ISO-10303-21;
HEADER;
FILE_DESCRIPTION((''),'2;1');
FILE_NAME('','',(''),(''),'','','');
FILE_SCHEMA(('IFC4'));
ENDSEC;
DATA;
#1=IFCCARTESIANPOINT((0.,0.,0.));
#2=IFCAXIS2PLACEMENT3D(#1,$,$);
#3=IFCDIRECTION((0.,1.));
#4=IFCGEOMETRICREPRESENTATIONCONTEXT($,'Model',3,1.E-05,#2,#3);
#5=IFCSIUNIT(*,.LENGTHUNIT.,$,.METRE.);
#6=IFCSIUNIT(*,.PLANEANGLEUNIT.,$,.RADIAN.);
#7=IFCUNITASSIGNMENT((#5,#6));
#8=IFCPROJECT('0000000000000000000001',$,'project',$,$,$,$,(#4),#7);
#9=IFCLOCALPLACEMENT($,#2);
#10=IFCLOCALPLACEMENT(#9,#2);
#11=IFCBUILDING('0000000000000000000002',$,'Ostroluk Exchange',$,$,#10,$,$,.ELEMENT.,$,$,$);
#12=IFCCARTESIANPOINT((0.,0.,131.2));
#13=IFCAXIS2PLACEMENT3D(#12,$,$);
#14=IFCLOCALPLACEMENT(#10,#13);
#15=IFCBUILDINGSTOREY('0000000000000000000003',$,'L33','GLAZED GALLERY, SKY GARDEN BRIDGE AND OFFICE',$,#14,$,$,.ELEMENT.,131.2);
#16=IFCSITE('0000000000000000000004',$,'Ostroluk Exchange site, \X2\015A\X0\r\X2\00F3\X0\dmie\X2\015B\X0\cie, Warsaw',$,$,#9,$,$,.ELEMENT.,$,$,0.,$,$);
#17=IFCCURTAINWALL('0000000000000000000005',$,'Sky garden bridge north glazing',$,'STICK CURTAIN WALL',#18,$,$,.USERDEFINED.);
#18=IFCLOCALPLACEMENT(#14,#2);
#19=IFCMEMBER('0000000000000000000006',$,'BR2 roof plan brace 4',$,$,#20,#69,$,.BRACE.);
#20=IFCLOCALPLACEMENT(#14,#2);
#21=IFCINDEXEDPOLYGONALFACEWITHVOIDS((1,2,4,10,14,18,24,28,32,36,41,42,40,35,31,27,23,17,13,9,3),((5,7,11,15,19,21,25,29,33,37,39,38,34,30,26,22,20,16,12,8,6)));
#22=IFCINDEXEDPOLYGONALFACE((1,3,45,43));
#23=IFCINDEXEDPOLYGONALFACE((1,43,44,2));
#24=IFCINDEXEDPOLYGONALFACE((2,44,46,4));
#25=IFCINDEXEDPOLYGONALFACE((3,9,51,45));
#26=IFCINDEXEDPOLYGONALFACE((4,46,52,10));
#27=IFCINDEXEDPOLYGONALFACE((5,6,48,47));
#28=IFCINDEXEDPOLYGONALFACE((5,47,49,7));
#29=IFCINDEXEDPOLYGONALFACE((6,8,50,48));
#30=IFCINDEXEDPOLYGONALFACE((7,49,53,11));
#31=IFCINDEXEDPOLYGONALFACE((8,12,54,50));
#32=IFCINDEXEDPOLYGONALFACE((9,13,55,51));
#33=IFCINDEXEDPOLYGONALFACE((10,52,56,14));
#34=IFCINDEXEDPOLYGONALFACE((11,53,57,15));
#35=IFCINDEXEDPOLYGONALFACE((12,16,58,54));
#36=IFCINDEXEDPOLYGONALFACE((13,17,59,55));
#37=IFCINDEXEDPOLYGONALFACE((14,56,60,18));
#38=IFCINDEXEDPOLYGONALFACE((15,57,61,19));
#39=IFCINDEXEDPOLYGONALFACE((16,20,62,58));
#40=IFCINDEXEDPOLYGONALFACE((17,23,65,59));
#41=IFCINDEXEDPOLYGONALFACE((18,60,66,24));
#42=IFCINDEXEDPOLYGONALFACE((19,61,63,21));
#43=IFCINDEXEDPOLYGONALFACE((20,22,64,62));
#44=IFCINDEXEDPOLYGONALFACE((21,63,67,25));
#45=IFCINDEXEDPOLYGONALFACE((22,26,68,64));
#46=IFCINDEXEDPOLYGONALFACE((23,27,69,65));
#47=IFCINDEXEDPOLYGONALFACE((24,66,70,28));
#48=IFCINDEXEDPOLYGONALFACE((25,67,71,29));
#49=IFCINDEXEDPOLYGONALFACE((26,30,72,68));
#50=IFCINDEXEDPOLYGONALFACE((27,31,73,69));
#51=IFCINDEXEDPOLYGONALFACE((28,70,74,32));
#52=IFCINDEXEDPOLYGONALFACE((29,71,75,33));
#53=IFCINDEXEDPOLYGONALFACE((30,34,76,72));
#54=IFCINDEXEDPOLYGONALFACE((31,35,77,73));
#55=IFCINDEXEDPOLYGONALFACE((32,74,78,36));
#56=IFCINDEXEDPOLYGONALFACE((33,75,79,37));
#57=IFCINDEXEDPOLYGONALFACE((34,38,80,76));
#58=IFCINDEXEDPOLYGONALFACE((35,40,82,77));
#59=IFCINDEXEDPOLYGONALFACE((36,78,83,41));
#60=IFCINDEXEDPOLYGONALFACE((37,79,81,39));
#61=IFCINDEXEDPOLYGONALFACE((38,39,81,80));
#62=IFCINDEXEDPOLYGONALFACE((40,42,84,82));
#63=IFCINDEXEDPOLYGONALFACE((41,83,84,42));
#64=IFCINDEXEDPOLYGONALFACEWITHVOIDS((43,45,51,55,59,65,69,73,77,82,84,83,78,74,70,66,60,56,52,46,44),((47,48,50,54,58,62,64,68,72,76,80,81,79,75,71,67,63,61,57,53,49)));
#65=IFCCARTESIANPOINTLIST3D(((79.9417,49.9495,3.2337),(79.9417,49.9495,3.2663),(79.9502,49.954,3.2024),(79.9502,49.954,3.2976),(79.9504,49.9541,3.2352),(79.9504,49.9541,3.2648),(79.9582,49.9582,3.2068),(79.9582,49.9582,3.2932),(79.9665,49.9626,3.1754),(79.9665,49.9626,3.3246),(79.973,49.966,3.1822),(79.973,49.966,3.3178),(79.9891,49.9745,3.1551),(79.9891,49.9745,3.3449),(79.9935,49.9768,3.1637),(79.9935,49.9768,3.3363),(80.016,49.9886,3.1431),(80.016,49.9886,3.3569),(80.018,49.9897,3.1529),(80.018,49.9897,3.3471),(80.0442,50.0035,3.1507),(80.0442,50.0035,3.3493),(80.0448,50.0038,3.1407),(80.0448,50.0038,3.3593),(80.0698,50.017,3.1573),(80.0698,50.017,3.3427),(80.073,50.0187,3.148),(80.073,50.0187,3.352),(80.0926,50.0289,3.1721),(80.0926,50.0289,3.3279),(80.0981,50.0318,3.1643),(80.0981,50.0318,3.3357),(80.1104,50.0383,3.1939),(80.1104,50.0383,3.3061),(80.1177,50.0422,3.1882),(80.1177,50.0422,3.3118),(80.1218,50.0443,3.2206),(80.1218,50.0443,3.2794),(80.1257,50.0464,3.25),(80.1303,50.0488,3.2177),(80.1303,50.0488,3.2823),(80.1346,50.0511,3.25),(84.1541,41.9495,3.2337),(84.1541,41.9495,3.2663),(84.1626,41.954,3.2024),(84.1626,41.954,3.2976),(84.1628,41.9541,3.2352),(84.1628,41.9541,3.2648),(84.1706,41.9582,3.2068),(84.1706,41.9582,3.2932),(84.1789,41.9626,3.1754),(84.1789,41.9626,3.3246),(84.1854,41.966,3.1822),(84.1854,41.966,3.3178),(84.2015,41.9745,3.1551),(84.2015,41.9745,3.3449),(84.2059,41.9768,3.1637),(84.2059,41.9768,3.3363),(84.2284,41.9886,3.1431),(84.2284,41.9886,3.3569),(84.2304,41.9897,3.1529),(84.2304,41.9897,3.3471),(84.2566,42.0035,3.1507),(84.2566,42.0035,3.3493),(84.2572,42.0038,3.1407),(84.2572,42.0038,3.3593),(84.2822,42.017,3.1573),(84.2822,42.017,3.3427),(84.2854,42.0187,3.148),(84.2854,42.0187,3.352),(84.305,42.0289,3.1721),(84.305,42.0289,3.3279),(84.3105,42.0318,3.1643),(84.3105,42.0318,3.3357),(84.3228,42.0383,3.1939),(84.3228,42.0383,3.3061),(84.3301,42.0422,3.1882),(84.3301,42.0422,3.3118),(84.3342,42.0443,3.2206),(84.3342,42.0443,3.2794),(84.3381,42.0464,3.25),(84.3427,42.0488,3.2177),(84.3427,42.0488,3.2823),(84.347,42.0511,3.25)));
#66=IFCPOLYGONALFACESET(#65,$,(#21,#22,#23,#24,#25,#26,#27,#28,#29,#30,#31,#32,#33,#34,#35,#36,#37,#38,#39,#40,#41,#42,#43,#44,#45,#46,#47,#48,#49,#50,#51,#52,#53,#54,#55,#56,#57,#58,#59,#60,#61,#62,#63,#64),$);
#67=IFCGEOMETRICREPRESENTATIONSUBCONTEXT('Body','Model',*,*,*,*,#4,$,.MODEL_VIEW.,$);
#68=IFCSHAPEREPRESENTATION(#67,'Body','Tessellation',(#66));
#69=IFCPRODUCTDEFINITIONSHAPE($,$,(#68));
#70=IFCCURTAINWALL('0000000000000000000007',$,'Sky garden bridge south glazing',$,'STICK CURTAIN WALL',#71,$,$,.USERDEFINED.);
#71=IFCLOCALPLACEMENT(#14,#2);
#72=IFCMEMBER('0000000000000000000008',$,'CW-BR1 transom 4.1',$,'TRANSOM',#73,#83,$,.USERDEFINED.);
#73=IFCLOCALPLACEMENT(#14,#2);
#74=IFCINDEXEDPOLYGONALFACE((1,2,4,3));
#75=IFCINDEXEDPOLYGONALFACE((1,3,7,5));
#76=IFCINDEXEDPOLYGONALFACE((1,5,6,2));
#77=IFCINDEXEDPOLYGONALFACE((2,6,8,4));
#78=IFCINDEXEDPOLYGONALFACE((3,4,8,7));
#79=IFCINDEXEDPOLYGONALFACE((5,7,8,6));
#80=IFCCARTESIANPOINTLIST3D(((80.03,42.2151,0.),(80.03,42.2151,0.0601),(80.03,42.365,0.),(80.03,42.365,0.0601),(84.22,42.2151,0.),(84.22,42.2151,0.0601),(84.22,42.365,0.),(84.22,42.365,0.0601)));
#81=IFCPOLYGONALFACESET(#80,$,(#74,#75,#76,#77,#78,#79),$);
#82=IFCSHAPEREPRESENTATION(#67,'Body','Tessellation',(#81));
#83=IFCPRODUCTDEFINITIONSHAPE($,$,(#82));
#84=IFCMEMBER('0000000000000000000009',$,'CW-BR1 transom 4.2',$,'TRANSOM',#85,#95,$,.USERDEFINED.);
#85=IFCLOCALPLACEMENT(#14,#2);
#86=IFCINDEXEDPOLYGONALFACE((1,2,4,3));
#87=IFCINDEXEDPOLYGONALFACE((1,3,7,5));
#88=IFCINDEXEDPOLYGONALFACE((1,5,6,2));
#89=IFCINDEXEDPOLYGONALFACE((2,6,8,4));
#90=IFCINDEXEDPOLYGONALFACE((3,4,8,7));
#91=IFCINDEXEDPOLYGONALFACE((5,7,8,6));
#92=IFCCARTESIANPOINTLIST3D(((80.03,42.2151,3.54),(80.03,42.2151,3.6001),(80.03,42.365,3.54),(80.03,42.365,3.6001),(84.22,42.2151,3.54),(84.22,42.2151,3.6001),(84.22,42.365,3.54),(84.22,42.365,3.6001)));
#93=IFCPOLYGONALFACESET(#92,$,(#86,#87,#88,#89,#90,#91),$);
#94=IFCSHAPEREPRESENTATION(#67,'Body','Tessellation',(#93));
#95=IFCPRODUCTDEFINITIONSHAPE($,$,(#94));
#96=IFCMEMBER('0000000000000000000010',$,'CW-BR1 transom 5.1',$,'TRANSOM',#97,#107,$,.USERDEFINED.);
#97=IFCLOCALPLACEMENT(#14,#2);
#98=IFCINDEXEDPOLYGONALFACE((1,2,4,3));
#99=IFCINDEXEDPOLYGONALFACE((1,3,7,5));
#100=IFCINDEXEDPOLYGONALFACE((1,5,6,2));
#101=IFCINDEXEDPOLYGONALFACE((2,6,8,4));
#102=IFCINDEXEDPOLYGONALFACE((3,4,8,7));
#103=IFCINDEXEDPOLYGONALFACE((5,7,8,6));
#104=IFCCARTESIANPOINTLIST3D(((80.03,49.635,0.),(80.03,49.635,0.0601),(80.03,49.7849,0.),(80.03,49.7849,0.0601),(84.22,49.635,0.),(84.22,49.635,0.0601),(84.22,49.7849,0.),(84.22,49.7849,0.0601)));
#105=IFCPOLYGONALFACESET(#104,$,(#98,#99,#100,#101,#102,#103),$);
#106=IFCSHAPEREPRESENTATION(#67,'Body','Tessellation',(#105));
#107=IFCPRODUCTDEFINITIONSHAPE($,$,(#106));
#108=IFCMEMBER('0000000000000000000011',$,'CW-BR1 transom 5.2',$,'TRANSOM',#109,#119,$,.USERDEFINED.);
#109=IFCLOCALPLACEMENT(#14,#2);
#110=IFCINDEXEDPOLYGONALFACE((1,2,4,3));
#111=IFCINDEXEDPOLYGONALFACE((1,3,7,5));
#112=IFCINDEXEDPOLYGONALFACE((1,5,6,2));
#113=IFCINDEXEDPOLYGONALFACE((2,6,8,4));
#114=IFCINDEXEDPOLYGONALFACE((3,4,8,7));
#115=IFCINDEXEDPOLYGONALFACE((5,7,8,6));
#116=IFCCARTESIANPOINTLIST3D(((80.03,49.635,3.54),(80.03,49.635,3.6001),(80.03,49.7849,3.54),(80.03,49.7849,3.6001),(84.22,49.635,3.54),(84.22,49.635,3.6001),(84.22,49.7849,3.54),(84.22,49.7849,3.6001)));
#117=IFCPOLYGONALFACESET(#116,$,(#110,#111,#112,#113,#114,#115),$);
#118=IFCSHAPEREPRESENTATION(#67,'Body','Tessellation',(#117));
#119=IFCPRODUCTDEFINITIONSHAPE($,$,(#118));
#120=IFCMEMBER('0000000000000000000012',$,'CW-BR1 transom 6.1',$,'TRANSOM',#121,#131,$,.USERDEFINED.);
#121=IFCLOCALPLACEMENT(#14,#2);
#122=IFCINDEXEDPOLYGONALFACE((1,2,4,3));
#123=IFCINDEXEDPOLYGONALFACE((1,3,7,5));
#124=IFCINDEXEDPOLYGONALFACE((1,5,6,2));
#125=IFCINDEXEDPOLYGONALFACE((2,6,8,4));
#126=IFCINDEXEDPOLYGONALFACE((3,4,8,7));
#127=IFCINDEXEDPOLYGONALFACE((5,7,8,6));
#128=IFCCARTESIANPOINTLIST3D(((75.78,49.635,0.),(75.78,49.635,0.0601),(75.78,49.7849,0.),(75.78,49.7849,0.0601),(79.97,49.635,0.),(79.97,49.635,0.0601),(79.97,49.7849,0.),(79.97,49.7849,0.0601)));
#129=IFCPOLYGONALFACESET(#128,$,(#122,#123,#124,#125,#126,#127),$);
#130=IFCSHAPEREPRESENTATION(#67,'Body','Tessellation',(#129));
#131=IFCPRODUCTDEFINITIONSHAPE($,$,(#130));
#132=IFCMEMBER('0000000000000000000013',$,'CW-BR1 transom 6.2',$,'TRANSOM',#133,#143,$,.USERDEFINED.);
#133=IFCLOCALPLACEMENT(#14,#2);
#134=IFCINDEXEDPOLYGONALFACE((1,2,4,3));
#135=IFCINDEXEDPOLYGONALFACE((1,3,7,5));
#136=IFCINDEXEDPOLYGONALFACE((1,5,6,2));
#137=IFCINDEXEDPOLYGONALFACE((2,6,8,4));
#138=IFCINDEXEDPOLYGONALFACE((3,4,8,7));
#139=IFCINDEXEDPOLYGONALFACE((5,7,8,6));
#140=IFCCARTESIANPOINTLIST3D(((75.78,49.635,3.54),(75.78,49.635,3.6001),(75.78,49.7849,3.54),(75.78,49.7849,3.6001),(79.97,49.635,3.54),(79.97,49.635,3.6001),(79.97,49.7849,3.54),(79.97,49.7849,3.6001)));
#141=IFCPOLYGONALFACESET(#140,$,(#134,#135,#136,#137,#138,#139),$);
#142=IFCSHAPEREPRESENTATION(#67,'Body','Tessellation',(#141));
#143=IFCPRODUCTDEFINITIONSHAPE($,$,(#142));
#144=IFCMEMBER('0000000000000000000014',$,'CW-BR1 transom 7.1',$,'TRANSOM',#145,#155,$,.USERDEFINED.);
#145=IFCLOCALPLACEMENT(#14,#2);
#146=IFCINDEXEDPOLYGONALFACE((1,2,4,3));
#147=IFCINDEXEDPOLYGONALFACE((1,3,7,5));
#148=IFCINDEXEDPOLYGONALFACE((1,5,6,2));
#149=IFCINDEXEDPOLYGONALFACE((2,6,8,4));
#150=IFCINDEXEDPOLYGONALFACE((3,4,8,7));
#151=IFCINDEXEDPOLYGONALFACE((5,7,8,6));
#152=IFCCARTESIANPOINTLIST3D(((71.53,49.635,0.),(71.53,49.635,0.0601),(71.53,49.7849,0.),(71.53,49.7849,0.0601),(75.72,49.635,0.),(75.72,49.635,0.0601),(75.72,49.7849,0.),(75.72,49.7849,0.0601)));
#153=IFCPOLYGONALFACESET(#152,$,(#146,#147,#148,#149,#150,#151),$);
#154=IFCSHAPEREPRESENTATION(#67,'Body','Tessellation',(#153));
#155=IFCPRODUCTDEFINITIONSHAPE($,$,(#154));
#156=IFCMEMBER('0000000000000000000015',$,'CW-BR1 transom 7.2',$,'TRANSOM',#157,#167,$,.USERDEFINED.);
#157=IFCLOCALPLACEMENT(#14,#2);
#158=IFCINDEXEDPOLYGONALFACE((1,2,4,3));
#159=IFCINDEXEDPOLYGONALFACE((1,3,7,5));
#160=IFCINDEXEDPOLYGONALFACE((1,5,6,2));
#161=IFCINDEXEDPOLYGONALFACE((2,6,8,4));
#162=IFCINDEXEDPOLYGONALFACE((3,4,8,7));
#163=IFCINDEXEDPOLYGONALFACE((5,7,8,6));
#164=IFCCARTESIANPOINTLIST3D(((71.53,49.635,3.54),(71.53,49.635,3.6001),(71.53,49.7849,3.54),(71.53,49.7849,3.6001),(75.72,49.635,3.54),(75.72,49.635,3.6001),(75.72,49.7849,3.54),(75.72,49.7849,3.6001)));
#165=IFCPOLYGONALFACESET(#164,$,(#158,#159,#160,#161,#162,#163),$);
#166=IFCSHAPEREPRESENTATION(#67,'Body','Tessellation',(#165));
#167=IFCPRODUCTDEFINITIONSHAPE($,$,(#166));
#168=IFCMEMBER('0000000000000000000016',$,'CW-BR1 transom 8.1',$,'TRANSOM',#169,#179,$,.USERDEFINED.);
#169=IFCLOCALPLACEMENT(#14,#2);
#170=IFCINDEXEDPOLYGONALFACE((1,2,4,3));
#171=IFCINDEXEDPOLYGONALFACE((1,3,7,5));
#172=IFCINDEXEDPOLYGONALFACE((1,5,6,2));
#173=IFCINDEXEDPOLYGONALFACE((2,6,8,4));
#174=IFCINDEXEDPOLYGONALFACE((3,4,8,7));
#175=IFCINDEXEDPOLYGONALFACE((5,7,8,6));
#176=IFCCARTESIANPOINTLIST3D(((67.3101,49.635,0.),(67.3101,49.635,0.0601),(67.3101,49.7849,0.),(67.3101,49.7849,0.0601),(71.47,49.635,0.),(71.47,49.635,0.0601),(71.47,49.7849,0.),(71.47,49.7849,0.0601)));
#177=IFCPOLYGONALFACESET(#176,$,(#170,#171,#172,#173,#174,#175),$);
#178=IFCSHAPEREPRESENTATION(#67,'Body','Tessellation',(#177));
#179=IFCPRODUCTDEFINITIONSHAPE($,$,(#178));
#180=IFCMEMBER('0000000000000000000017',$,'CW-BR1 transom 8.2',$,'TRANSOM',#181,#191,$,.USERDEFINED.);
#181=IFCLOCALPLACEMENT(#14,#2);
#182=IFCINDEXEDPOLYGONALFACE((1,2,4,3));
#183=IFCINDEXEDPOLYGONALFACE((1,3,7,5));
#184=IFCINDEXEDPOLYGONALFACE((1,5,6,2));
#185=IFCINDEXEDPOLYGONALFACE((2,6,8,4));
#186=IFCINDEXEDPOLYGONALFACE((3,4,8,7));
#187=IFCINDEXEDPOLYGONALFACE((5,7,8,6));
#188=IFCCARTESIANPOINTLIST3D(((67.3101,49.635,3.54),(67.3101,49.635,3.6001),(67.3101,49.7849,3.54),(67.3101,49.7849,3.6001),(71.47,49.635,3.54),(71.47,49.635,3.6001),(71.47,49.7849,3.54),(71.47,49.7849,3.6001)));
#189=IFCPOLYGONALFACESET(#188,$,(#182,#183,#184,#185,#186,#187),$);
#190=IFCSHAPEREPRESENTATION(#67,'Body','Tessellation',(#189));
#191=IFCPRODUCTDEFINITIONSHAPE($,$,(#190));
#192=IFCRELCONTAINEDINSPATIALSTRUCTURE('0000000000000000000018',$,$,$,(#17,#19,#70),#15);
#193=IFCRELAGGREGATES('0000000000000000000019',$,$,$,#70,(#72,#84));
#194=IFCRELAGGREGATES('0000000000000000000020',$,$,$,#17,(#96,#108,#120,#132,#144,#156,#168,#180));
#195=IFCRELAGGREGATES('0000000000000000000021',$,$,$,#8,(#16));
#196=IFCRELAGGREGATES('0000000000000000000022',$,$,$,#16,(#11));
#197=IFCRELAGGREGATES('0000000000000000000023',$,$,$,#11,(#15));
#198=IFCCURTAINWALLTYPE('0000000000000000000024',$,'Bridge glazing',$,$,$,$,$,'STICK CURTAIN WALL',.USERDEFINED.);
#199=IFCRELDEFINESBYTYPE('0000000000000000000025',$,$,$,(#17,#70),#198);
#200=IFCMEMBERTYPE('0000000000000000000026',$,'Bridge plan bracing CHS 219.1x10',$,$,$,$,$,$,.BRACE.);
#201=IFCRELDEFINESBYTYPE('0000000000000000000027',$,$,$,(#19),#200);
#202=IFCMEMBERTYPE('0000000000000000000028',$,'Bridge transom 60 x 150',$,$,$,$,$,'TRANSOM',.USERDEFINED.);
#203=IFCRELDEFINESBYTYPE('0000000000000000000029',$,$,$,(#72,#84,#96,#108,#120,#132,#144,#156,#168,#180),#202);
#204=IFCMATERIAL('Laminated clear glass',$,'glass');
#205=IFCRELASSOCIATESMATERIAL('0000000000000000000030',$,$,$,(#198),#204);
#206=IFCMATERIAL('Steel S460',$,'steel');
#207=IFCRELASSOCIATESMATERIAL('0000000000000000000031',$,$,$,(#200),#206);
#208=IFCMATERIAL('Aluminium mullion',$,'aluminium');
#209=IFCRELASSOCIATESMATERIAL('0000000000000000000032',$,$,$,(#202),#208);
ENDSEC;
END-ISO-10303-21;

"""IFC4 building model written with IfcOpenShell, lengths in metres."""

from ifc_helpers import new_model, si_unit, direction, frame, origin, origin_2d, place, context, subcontext, project, spatial, rectangle, hollow_circle, extrude, material, material_profile, profile_set, type_object, element, aggregate, save


model = new_model("IFC4")

# Units and contexts
model_context = context("Model", 3, precision=1e-05, world=origin(), true_north=direction((0.0, 1.0)))
body_context = subcontext(model_context, "Body", "Model", "MODEL_VIEW")
ifc_project = project(units=[si_unit("LENGTHUNIT", "METRE"), si_unit("PLANEANGLEUNIT", "RADIAN")], contexts=[model_context])

# Site, building, storey
site_placement = place(None, origin())
site = spatial("IfcSite", under=ifc_project, at=site_placement, Name="Ostroluk Exchange site, Śródmieście, Warsaw", CompositionType="ELEMENT", RefElevation=0.0)
building_placement = place(site_placement, origin())
building = spatial("IfcBuilding", under=site, at=building_placement, Name="Ostroluk Exchange", CompositionType="ELEMENT")
storey_placement = place(building_placement, frame((0.0, 0.0, 131.2)))
storey = spatial("IfcBuildingStorey", under=building, at=storey_placement, Name="L33", Description="GLAZED GALLERY, SKY GARDEN BRIDGE AND OFFICE", CompositionType="ELEMENT", Elevation=131.2)

# Curtain wall
ifc_material_1 = material(Name="Laminated clear glass", Category="glass")
curtain_wall_type_1 = type_object("IfcCurtainWallType", Name="Bridge glazing", ElementType="STICK CURTAIN WALL", PredefinedType="USERDEFINED", material=ifc_material_1)
curtain_wall_1_placement = place(storey_placement, origin())
curtain_wall_1 = element("IfcCurtainWall", 1, at=curtain_wall_1_placement, inside=storey, type_object=curtain_wall_type_1, Name="Sky garden bridge north glazing", ObjectType="STICK CURTAIN WALL", PredefinedType="USERDEFINED")

# Member
ifc_material_2 = material(Name="Steel S460", Category="steel")
ifc_material_profile_1 = material_profile(ifc_material_2, hollow_circle(Radius=0.1096, WallThickness=0.01, at=origin_2d()), Name="CHS 219.1x10")
ifc_profile_set_1 = profile_set([ifc_material_profile_1], Name="Steel S460")
member_type_1 = type_object("IfcMemberType", Name="Bridge plan bracing CHS 219.1x10", PredefinedType="BRACE", material=ifc_profile_set_1)
for number, where, z_axis, x_axis, name in (
    (2, (80.0376, 50.0, 3.25), (0.465909, -0.884833, 0.0), (0.884833, 0.465909, 0.0), "BR2 roof plan brace 4"),
):
    element("IfcMember", number, at=place(storey_placement, frame(where, z_axis=z_axis, x_axis=x_axis)), inside=storey, type_object=member_type_1, Name=name, PredefinedType="BRACE", context=body_context, shape_type="SweptSolid", body=[
        extrude(hollow_circle(Radius=0.1096, WallThickness=0.01, at=origin_2d()), origin(), (0.0, 0.0, 1.0), 9.0413),
    ])

# Curtain wall, members
curtain_wall_2_placement = place(storey_placement, origin())
curtain_wall_2 = element("IfcCurtainWall", 3, at=curtain_wall_2_placement, inside=storey, type_object=curtain_wall_type_1, Name="Sky garden bridge south glazing", ObjectType="STICK CURTAIN WALL", PredefinedType="USERDEFINED")
ifc_material_3 = material(Name="Aluminium mullion", Category="aluminium")
ifc_material_profile_2 = material_profile(ifc_material_3, rectangle(XDim=0.1499, YDim=0.0601, at=origin_2d()), Name="Bridge transom 60 x 150")
ifc_profile_set_2 = profile_set([ifc_material_profile_2], Name="Aluminium mullion")
member_type_2 = type_object("IfcMemberType", Name="Bridge transom 60 x 150", ElementType="TRANSOM", PredefinedType="USERDEFINED", material=ifc_profile_set_2)
member_1_placement = place(storey_placement, frame((80.03, 42.29, 0.03), z_axis=(1.0, 0.0, 0.0), x_axis=(0.0, 1.0, 0.0)))
member_1 = element("IfcMember", 4, at=member_1_placement, type_object=member_type_2, Name="CW-BR1 transom 4.1", ObjectType="TRANSOM", PredefinedType="USERDEFINED", context=body_context, shape_type="SweptSolid", body=[
    extrude(rectangle(XDim=0.1499, YDim=0.0601, at=origin_2d()), origin(), (0.0, 0.0, 1.0), 4.1899),
])
member_2_placement = place(storey_placement, frame((80.03, 42.29, 3.5701), z_axis=(1.0, 0.0, 0.0), x_axis=(0.0, 1.0, 0.0)))
member_2 = element("IfcMember", 5, at=member_2_placement, type_object=member_type_2, Name="CW-BR1 transom 4.2", ObjectType="TRANSOM", PredefinedType="USERDEFINED", context=body_context, shape_type="SweptSolid", body=[
    extrude(rectangle(XDim=0.1499, YDim=0.0601, at=origin_2d()), origin(), (0.0, 0.0, 1.0), 4.1899),
])

# Members
member_3_placement = place(storey_placement, frame((84.22, 49.71, 0.03), z_axis=(-1.0, 0.0, 0.0), x_axis=(0.0, -1.0, 0.0)))
member_3 = element("IfcMember", 6, at=member_3_placement, type_object=member_type_2, Name="CW-BR1 transom 5.1", ObjectType="TRANSOM", PredefinedType="USERDEFINED", context=body_context, shape_type="SweptSolid", body=[
    extrude(rectangle(XDim=0.1499, YDim=0.0601, at=origin_2d()), origin(), (0.0, 0.0, 1.0), 4.1899),
])
member_4_placement = place(storey_placement, frame((84.22, 49.71, 3.5701), z_axis=(-1.0, 0.0, 0.0), x_axis=(0.0, -1.0, 0.0)))
member_4 = element("IfcMember", 7, at=member_4_placement, type_object=member_type_2, Name="CW-BR1 transom 5.2", ObjectType="TRANSOM", PredefinedType="USERDEFINED", context=body_context, shape_type="SweptSolid", body=[
    extrude(rectangle(XDim=0.1499, YDim=0.0601, at=origin_2d()), origin(), (0.0, 0.0, 1.0), 4.1899),
])
member_5_placement = place(storey_placement, frame((79.97, 49.71, 0.03), z_axis=(-1.0, 0.0, 0.0), x_axis=(0.0, -1.0, 0.0)))
member_5 = element("IfcMember", 8, at=member_5_placement, type_object=member_type_2, Name="CW-BR1 transom 6.1", ObjectType="TRANSOM", PredefinedType="USERDEFINED", context=body_context, shape_type="SweptSolid", body=[
    extrude(rectangle(XDim=0.1499, YDim=0.0601, at=origin_2d()), origin(), (0.0, 0.0, 1.0), 4.1899),
])
member_6_placement = place(storey_placement, frame((79.97, 49.71, 3.5701), z_axis=(-1.0, 0.0, 0.0), x_axis=(0.0, -1.0, 0.0)))
member_6 = element("IfcMember", 9, at=member_6_placement, type_object=member_type_2, Name="CW-BR1 transom 6.2", ObjectType="TRANSOM", PredefinedType="USERDEFINED", context=body_context, shape_type="SweptSolid", body=[
    extrude(rectangle(XDim=0.1499, YDim=0.0601, at=origin_2d()), origin(), (0.0, 0.0, 1.0), 4.1899),
])
member_7_placement = place(storey_placement, frame((75.72, 49.71, 0.03), z_axis=(-1.0, 0.0, 0.0), x_axis=(0.0, -1.0, 0.0)))
member_7 = element("IfcMember", 10, at=member_7_placement, type_object=member_type_2, Name="CW-BR1 transom 7.1", ObjectType="TRANSOM", PredefinedType="USERDEFINED", context=body_context, shape_type="SweptSolid", body=[
    extrude(rectangle(XDim=0.1499, YDim=0.0601, at=origin_2d()), origin(), (0.0, 0.0, 1.0), 4.1899),
])
member_8_placement = place(storey_placement, frame((75.72, 49.71, 3.5701), z_axis=(-1.0, 0.0, 0.0), x_axis=(0.0, -1.0, 0.0)))
member_8 = element("IfcMember", 11, at=member_8_placement, type_object=member_type_2, Name="CW-BR1 transom 7.2", ObjectType="TRANSOM", PredefinedType="USERDEFINED", context=body_context, shape_type="SweptSolid", body=[
    extrude(rectangle(XDim=0.1499, YDim=0.0601, at=origin_2d()), origin(), (0.0, 0.0, 1.0), 4.1899),
])
member_9_placement = place(storey_placement, frame((71.47, 49.71, 0.03), z_axis=(-1.0, 0.0, 0.0), x_axis=(0.0, -1.0, 0.0)))
member_9 = element("IfcMember", 12, at=member_9_placement, type_object=member_type_2, Name="CW-BR1 transom 8.1", ObjectType="TRANSOM", PredefinedType="USERDEFINED", context=body_context, shape_type="SweptSolid", body=[
    extrude(rectangle(XDim=0.1499, YDim=0.0601, at=origin_2d()), origin(), (0.0, 0.0, 1.0), 4.1599),
])
member_10_placement = place(storey_placement, frame((71.47, 49.71, 3.5701), z_axis=(-1.0, 0.0, 0.0), x_axis=(0.0, -1.0, 0.0)))
member_10 = element("IfcMember", 13, at=member_10_placement, type_object=member_type_2, Name="CW-BR1 transom 8.2", ObjectType="TRANSOM", PredefinedType="USERDEFINED", context=body_context, shape_type="SweptSolid", body=[
    extrude(rectangle(XDim=0.1499, YDim=0.0601, at=origin_2d()), origin(), (0.0, 0.0, 1.0), 4.1599),
])

aggregate(curtain_wall_2, [member_1, member_2])
aggregate(curtain_wall_1, [member_3, member_4, member_5, member_6, member_7, member_8, member_9, member_10])

save(model, "model.ifc")
